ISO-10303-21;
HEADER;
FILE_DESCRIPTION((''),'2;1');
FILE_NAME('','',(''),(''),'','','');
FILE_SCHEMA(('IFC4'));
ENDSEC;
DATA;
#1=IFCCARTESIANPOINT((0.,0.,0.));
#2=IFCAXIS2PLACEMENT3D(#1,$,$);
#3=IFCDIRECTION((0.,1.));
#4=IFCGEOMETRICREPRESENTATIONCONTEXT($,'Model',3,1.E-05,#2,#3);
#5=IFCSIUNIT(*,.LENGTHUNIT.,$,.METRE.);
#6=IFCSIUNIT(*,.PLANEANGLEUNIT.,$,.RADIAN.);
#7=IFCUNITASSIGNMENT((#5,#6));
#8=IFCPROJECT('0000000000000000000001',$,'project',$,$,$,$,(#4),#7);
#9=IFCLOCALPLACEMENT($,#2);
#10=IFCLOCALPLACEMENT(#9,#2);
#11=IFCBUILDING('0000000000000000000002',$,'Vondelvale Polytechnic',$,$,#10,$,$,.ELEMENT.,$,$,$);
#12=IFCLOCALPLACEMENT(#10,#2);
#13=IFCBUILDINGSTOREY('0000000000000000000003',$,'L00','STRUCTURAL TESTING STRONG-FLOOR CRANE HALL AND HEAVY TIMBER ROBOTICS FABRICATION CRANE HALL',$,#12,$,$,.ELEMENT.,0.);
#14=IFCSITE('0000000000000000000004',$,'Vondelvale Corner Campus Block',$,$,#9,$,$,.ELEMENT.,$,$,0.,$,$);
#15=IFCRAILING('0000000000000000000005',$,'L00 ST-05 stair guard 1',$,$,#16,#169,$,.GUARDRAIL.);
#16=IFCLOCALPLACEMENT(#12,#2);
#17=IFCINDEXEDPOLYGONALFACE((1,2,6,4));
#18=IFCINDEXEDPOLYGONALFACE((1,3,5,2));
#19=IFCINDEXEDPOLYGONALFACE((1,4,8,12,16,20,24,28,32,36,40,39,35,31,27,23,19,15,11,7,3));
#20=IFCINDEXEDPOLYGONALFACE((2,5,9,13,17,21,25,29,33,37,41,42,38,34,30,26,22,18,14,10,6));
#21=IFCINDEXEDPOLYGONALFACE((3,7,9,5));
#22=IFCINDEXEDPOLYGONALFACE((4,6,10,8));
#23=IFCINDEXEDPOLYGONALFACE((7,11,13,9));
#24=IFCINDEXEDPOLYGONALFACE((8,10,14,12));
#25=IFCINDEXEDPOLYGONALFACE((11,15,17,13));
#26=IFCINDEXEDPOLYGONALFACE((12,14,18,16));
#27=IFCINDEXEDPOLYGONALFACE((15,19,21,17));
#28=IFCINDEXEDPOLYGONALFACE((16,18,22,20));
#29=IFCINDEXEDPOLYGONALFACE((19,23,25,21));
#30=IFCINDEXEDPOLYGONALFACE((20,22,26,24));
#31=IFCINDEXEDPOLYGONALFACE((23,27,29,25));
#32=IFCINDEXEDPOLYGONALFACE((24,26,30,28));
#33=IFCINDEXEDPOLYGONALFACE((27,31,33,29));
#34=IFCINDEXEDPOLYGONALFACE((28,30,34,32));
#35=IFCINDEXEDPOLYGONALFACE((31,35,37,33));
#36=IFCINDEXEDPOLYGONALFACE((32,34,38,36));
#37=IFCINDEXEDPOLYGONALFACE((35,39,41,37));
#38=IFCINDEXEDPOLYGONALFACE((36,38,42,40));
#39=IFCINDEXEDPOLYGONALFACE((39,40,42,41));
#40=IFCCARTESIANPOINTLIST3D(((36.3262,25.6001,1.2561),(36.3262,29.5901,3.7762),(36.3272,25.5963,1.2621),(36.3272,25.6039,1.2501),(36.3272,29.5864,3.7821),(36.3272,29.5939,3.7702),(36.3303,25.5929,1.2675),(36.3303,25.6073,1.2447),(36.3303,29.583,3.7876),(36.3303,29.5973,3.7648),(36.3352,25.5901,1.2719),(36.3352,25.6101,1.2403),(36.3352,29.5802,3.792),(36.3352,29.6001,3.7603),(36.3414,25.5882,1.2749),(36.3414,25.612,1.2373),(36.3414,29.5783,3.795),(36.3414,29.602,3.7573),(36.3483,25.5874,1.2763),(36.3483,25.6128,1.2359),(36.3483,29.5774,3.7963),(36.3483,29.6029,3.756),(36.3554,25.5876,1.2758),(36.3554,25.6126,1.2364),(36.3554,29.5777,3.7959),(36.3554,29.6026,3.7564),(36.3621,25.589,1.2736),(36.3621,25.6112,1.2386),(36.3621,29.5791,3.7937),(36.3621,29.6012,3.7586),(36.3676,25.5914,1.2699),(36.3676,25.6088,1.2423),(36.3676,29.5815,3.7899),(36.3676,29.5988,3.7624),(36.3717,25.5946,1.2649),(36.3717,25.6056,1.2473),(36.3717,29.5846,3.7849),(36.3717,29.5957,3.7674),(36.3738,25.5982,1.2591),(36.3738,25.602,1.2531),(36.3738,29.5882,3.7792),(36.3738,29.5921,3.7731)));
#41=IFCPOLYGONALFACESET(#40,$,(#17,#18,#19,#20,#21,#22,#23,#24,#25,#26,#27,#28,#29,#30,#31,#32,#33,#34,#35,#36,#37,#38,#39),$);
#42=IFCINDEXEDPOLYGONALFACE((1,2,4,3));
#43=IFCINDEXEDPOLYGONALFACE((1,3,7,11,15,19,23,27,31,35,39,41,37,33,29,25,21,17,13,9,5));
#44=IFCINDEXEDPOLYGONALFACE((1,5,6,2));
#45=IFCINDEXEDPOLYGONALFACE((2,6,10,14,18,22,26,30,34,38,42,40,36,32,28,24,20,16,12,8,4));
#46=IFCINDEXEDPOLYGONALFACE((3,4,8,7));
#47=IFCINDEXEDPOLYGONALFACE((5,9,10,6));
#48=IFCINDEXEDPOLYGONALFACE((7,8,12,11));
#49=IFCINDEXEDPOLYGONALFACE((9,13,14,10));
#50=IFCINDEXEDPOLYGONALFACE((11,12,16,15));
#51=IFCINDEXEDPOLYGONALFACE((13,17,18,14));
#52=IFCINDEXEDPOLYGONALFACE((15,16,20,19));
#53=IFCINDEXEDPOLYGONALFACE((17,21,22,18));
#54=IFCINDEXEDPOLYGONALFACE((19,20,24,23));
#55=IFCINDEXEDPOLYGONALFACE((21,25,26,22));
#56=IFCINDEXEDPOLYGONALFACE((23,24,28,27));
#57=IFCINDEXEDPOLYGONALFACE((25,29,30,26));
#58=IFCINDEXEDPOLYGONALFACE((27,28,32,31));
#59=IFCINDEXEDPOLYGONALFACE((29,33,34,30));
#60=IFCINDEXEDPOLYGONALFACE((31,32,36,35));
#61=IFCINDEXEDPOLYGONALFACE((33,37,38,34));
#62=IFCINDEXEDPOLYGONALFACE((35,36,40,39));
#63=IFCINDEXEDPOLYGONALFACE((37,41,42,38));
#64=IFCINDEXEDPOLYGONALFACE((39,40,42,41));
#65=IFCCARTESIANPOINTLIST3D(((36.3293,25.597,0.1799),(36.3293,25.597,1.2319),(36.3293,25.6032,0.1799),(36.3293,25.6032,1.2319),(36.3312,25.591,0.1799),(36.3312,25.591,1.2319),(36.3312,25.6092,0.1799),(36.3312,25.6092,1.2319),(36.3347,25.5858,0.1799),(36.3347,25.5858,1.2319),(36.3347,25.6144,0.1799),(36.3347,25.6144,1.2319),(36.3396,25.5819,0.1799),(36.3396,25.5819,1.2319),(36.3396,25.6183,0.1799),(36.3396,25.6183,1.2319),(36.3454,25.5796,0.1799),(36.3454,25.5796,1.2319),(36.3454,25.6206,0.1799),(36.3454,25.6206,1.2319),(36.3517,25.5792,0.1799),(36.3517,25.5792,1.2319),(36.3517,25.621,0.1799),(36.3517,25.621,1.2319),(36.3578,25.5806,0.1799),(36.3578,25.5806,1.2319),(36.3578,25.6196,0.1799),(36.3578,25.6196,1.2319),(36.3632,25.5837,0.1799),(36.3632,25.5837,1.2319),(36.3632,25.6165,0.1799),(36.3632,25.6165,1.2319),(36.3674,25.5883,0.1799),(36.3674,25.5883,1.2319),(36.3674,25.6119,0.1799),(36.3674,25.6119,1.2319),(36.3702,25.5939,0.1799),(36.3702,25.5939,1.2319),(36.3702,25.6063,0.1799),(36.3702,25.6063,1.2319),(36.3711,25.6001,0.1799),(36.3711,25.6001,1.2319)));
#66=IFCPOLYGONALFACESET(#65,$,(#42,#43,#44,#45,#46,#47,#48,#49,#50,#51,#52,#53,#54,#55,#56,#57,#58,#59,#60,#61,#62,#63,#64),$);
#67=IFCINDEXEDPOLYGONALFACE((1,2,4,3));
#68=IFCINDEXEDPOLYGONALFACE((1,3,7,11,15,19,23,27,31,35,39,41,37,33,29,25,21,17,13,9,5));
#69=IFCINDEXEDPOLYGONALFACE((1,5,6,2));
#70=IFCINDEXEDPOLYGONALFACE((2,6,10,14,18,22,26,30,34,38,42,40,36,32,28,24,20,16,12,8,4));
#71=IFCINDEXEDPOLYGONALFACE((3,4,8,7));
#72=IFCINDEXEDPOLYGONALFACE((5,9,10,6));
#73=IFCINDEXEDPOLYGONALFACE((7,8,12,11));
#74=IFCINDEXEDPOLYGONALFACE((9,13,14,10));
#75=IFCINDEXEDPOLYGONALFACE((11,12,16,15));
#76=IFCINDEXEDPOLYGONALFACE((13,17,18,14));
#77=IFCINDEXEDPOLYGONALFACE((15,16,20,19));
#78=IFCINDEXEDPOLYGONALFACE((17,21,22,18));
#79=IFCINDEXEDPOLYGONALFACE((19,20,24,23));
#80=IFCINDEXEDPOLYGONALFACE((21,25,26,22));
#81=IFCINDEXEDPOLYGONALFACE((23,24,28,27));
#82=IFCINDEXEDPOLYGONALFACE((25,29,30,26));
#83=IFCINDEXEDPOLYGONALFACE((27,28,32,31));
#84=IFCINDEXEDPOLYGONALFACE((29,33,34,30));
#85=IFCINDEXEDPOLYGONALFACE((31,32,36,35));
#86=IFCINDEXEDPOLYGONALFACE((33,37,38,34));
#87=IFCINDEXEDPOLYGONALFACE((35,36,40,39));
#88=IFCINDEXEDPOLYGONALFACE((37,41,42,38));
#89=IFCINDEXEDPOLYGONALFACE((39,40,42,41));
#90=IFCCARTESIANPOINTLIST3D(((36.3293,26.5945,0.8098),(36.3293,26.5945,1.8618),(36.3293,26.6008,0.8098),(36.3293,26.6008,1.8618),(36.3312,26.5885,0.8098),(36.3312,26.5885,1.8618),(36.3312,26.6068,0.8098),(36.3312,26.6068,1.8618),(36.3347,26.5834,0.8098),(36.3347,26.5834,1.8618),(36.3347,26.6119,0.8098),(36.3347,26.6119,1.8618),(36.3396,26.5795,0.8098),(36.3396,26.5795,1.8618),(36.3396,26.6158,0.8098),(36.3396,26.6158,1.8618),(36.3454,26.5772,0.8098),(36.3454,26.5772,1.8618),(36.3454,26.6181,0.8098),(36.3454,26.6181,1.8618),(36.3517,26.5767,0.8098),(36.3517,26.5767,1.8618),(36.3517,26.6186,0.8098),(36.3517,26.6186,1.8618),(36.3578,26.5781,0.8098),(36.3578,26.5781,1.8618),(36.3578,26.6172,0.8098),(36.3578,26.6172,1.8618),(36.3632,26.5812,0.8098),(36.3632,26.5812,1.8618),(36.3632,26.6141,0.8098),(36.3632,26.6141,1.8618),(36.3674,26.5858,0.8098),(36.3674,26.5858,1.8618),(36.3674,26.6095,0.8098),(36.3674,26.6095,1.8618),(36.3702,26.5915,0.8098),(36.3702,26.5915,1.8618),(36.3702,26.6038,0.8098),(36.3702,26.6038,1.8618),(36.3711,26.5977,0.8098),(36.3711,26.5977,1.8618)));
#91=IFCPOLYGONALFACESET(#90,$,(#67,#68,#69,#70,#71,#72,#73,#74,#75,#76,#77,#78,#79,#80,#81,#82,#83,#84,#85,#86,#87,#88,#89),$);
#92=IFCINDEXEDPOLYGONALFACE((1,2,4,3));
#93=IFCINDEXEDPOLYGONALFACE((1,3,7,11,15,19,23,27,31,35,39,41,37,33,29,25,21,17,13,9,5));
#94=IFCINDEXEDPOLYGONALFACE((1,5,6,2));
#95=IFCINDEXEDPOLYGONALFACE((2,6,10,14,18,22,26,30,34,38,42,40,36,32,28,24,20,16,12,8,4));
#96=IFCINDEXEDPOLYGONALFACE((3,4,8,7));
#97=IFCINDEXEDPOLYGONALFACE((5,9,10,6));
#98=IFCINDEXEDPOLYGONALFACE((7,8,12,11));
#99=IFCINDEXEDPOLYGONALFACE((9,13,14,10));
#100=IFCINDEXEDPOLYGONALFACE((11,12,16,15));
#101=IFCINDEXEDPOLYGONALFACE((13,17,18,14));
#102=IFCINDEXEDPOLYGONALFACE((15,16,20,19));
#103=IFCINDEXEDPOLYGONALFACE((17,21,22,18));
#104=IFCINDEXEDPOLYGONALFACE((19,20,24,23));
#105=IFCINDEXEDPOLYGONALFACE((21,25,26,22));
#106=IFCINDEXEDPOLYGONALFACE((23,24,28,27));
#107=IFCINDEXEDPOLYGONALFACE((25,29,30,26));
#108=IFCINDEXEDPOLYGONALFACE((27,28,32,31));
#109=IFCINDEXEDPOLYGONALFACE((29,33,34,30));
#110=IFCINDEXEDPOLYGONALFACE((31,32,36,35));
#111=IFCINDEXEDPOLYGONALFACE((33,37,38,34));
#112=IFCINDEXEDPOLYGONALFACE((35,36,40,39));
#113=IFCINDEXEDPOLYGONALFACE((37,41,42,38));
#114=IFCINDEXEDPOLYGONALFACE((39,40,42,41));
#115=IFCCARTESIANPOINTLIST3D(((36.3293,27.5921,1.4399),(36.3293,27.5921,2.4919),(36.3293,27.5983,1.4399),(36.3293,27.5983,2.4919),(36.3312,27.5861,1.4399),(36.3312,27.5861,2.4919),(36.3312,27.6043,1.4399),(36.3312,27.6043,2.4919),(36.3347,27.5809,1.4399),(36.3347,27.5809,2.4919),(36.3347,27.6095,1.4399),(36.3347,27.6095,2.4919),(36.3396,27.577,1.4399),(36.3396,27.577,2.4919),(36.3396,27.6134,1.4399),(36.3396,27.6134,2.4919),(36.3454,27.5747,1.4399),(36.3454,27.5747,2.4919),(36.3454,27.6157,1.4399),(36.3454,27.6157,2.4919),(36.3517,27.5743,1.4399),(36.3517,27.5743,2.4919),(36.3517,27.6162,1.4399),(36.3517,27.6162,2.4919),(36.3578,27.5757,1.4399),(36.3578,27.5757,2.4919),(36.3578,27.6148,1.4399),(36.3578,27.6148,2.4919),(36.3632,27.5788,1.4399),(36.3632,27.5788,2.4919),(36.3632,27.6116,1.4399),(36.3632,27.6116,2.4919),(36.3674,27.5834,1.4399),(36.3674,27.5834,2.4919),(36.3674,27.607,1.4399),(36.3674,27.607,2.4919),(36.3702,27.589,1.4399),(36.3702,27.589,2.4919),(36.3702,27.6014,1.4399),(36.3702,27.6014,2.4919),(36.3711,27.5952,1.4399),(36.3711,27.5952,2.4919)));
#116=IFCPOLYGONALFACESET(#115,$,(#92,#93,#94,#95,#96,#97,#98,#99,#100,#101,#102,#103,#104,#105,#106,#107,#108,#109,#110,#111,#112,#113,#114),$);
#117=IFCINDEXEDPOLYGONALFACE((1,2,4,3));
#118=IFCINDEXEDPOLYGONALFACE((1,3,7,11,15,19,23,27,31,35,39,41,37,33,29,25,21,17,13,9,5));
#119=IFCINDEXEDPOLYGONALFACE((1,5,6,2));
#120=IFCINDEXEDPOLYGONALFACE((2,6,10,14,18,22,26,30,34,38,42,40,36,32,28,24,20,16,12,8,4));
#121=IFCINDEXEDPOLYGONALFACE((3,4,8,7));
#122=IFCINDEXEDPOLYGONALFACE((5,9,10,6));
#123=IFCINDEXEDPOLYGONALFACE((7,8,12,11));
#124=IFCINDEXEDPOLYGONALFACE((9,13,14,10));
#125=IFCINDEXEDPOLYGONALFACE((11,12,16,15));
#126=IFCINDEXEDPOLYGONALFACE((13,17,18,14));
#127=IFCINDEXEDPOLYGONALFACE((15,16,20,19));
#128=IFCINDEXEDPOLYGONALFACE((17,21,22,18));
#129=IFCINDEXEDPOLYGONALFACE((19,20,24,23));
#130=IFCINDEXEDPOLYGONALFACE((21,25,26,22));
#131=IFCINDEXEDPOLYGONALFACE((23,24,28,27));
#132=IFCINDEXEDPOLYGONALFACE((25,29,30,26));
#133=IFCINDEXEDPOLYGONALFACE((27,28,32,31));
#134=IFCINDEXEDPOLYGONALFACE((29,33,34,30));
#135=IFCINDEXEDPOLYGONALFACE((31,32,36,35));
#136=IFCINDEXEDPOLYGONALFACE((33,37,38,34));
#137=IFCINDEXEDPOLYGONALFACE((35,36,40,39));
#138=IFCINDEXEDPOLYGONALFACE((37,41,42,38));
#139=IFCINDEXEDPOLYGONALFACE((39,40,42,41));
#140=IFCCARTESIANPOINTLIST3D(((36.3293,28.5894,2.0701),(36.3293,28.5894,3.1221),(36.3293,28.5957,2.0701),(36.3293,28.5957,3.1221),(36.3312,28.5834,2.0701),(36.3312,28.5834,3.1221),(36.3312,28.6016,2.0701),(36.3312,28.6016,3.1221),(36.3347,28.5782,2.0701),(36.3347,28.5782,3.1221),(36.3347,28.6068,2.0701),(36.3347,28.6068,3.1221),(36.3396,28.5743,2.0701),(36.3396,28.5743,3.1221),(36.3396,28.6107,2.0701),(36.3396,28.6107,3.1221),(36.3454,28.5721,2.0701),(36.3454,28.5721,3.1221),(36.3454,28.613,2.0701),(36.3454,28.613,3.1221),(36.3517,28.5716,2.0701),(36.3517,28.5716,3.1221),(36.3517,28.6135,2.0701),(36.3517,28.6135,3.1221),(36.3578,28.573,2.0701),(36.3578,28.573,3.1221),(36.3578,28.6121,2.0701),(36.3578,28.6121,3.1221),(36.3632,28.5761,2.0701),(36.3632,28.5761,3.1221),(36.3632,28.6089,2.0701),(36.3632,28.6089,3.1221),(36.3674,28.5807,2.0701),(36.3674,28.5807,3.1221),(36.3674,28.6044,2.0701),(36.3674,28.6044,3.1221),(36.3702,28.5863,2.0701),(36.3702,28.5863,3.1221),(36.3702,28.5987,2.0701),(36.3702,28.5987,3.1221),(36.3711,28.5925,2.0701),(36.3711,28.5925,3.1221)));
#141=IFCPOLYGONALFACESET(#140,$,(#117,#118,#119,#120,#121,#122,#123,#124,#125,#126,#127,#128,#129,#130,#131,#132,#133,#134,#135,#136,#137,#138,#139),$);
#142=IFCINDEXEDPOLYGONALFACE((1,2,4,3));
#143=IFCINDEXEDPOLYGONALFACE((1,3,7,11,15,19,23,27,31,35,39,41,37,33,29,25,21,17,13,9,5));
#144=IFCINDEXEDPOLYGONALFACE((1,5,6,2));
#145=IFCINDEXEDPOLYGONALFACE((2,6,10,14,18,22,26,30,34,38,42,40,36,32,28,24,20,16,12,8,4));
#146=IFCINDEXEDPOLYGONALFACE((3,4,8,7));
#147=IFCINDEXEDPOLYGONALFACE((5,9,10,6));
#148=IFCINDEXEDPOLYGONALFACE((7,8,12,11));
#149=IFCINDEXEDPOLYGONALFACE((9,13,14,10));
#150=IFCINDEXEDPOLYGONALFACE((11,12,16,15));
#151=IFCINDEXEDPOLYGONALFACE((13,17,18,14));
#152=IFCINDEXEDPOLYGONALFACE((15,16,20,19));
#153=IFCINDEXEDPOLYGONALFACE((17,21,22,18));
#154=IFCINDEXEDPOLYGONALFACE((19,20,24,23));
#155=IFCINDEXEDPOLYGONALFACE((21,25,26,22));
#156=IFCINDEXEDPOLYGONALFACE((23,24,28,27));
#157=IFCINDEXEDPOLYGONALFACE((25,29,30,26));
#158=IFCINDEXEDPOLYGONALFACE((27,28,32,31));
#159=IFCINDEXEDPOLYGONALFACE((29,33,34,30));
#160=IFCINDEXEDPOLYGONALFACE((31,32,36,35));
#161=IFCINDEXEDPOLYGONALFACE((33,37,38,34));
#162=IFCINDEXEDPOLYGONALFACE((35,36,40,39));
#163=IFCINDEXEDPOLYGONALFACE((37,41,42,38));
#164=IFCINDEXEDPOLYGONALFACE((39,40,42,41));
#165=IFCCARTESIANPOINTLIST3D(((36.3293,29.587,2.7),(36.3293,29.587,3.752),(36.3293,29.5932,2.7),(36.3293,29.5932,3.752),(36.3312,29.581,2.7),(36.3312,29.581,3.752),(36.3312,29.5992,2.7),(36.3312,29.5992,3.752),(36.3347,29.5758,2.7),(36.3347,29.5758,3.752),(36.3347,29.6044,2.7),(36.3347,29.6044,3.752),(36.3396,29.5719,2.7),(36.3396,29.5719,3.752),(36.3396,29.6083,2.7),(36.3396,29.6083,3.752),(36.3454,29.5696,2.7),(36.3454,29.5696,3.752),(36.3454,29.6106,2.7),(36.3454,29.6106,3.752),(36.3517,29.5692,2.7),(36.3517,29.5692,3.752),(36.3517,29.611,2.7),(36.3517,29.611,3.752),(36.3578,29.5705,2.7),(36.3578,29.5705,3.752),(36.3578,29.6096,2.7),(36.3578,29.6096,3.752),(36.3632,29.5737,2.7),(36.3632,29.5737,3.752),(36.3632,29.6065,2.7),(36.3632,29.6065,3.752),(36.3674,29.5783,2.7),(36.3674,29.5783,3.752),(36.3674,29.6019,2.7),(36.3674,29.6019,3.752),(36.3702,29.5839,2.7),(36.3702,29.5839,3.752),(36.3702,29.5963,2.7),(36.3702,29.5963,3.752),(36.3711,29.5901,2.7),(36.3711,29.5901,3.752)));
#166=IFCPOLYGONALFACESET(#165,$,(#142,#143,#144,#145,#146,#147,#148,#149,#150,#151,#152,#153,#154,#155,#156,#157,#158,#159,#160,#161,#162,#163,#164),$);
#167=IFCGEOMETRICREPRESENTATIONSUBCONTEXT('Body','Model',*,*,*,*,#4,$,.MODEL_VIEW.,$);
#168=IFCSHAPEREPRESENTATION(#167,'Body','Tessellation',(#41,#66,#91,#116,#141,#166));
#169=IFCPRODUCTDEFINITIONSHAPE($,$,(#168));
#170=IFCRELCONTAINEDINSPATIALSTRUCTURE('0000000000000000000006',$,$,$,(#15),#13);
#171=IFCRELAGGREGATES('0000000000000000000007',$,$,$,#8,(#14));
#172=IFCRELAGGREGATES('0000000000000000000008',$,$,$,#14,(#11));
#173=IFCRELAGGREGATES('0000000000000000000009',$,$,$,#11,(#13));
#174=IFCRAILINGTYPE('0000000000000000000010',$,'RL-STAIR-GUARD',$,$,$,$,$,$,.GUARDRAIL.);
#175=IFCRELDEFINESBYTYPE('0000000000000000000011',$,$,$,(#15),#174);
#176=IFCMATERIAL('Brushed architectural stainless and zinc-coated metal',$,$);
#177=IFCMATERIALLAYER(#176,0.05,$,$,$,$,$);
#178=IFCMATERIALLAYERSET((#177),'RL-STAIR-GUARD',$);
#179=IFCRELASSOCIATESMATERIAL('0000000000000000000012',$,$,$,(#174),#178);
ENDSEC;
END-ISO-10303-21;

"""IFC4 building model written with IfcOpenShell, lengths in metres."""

from ifc_helpers import new_model, si_unit, direction, frame, origin, origin_2d, place, context, subcontext, project, spatial, circle, extrude, material, layer, layer_set, type_object, element, save


model = new_model("IFC4")

# Units and contexts
model_context = context("Model", 3, precision=1e-05, world=origin(), true_north=direction((0.0, 1.0)))
body_context = subcontext(model_context, "Body", "Model", "MODEL_VIEW")
ifc_project = project(units=[si_unit("LENGTHUNIT", "METRE"), si_unit("PLANEANGLEUNIT", "RADIAN")], contexts=[model_context])

# Site, building, storey
site_placement = place(None, origin())
site = spatial("IfcSite", under=ifc_project, at=site_placement, Name="Vondelvale Corner Campus Block", CompositionType="ELEMENT", RefElevation=0.0)
building_placement = place(site_placement, origin())
building = spatial("IfcBuilding", under=site, at=building_placement, Name="Vondelvale Polytechnic", CompositionType="ELEMENT")
storey_placement = place(building_placement, origin())
storey = spatial("IfcBuildingStorey", under=building, at=storey_placement, Name="L00", Description="STRUCTURAL TESTING STRONG-FLOOR CRANE HALL AND HEAVY TIMBER ROBOTICS FABRICATION CRANE HALL", CompositionType="ELEMENT", Elevation=0.0)

# Shared definitions
ifc_material_1 = material(Name="Brushed architectural stainless and zinc-coated metal")

# Railing
ifc_layer_1 = layer(ifc_material_1, 0.05)
ifc_layer_set_1 = layer_set([ifc_layer_1], Name="RL-STAIR-GUARD")
railing_type_1 = type_object("IfcRailingType", Name="RL-STAIR-GUARD", PredefinedType="GUARDRAIL", material=ifc_layer_set_1)
railing_1_placement = place(storey_placement, frame((36.3501, 25.6001, 0.1799)))
element("IfcRailing", 1, at=railing_1_placement, inside=storey, type_object=railing_type_1, Name="L00 ST-05 stair guard 1", PredefinedType="GUARDRAIL", context=body_context, shape_type="SweptSolid", body=[
    extrude(circle(Radius=0.0239, at=origin_2d()), frame((0.0, 0.0, 1.0762), z_axis=(0.0, 0.845486, 0.533997), x_axis=(-1.0, 0.0, 0.0)), (0.0, 0.0, 1.0), 4.7192),
    extrude(circle(Radius=0.021, at=origin_2d()), origin(), (0.0, 0.0, 1.0), 1.052),
    extrude(circle(Radius=0.021, at=origin_2d()), frame((0.0, 0.9976, 0.6299)), (0.0, 0.0, 1.0), 1.052),
    extrude(circle(Radius=0.021, at=origin_2d()), frame((0.0, 1.9951, 1.26)), (0.0, 0.0, 1.0), 1.052),
    extrude(circle(Radius=0.021, at=origin_2d()), frame((0.0, 2.9924, 1.8901)), (0.0, 0.0, 1.0), 1.052),
    extrude(circle(Radius=0.021, at=origin_2d()), frame((0.0, 3.99, 2.52)), (0.0, 0.0, 1.0), 1.052),
])

save(model, "model.ifc")
